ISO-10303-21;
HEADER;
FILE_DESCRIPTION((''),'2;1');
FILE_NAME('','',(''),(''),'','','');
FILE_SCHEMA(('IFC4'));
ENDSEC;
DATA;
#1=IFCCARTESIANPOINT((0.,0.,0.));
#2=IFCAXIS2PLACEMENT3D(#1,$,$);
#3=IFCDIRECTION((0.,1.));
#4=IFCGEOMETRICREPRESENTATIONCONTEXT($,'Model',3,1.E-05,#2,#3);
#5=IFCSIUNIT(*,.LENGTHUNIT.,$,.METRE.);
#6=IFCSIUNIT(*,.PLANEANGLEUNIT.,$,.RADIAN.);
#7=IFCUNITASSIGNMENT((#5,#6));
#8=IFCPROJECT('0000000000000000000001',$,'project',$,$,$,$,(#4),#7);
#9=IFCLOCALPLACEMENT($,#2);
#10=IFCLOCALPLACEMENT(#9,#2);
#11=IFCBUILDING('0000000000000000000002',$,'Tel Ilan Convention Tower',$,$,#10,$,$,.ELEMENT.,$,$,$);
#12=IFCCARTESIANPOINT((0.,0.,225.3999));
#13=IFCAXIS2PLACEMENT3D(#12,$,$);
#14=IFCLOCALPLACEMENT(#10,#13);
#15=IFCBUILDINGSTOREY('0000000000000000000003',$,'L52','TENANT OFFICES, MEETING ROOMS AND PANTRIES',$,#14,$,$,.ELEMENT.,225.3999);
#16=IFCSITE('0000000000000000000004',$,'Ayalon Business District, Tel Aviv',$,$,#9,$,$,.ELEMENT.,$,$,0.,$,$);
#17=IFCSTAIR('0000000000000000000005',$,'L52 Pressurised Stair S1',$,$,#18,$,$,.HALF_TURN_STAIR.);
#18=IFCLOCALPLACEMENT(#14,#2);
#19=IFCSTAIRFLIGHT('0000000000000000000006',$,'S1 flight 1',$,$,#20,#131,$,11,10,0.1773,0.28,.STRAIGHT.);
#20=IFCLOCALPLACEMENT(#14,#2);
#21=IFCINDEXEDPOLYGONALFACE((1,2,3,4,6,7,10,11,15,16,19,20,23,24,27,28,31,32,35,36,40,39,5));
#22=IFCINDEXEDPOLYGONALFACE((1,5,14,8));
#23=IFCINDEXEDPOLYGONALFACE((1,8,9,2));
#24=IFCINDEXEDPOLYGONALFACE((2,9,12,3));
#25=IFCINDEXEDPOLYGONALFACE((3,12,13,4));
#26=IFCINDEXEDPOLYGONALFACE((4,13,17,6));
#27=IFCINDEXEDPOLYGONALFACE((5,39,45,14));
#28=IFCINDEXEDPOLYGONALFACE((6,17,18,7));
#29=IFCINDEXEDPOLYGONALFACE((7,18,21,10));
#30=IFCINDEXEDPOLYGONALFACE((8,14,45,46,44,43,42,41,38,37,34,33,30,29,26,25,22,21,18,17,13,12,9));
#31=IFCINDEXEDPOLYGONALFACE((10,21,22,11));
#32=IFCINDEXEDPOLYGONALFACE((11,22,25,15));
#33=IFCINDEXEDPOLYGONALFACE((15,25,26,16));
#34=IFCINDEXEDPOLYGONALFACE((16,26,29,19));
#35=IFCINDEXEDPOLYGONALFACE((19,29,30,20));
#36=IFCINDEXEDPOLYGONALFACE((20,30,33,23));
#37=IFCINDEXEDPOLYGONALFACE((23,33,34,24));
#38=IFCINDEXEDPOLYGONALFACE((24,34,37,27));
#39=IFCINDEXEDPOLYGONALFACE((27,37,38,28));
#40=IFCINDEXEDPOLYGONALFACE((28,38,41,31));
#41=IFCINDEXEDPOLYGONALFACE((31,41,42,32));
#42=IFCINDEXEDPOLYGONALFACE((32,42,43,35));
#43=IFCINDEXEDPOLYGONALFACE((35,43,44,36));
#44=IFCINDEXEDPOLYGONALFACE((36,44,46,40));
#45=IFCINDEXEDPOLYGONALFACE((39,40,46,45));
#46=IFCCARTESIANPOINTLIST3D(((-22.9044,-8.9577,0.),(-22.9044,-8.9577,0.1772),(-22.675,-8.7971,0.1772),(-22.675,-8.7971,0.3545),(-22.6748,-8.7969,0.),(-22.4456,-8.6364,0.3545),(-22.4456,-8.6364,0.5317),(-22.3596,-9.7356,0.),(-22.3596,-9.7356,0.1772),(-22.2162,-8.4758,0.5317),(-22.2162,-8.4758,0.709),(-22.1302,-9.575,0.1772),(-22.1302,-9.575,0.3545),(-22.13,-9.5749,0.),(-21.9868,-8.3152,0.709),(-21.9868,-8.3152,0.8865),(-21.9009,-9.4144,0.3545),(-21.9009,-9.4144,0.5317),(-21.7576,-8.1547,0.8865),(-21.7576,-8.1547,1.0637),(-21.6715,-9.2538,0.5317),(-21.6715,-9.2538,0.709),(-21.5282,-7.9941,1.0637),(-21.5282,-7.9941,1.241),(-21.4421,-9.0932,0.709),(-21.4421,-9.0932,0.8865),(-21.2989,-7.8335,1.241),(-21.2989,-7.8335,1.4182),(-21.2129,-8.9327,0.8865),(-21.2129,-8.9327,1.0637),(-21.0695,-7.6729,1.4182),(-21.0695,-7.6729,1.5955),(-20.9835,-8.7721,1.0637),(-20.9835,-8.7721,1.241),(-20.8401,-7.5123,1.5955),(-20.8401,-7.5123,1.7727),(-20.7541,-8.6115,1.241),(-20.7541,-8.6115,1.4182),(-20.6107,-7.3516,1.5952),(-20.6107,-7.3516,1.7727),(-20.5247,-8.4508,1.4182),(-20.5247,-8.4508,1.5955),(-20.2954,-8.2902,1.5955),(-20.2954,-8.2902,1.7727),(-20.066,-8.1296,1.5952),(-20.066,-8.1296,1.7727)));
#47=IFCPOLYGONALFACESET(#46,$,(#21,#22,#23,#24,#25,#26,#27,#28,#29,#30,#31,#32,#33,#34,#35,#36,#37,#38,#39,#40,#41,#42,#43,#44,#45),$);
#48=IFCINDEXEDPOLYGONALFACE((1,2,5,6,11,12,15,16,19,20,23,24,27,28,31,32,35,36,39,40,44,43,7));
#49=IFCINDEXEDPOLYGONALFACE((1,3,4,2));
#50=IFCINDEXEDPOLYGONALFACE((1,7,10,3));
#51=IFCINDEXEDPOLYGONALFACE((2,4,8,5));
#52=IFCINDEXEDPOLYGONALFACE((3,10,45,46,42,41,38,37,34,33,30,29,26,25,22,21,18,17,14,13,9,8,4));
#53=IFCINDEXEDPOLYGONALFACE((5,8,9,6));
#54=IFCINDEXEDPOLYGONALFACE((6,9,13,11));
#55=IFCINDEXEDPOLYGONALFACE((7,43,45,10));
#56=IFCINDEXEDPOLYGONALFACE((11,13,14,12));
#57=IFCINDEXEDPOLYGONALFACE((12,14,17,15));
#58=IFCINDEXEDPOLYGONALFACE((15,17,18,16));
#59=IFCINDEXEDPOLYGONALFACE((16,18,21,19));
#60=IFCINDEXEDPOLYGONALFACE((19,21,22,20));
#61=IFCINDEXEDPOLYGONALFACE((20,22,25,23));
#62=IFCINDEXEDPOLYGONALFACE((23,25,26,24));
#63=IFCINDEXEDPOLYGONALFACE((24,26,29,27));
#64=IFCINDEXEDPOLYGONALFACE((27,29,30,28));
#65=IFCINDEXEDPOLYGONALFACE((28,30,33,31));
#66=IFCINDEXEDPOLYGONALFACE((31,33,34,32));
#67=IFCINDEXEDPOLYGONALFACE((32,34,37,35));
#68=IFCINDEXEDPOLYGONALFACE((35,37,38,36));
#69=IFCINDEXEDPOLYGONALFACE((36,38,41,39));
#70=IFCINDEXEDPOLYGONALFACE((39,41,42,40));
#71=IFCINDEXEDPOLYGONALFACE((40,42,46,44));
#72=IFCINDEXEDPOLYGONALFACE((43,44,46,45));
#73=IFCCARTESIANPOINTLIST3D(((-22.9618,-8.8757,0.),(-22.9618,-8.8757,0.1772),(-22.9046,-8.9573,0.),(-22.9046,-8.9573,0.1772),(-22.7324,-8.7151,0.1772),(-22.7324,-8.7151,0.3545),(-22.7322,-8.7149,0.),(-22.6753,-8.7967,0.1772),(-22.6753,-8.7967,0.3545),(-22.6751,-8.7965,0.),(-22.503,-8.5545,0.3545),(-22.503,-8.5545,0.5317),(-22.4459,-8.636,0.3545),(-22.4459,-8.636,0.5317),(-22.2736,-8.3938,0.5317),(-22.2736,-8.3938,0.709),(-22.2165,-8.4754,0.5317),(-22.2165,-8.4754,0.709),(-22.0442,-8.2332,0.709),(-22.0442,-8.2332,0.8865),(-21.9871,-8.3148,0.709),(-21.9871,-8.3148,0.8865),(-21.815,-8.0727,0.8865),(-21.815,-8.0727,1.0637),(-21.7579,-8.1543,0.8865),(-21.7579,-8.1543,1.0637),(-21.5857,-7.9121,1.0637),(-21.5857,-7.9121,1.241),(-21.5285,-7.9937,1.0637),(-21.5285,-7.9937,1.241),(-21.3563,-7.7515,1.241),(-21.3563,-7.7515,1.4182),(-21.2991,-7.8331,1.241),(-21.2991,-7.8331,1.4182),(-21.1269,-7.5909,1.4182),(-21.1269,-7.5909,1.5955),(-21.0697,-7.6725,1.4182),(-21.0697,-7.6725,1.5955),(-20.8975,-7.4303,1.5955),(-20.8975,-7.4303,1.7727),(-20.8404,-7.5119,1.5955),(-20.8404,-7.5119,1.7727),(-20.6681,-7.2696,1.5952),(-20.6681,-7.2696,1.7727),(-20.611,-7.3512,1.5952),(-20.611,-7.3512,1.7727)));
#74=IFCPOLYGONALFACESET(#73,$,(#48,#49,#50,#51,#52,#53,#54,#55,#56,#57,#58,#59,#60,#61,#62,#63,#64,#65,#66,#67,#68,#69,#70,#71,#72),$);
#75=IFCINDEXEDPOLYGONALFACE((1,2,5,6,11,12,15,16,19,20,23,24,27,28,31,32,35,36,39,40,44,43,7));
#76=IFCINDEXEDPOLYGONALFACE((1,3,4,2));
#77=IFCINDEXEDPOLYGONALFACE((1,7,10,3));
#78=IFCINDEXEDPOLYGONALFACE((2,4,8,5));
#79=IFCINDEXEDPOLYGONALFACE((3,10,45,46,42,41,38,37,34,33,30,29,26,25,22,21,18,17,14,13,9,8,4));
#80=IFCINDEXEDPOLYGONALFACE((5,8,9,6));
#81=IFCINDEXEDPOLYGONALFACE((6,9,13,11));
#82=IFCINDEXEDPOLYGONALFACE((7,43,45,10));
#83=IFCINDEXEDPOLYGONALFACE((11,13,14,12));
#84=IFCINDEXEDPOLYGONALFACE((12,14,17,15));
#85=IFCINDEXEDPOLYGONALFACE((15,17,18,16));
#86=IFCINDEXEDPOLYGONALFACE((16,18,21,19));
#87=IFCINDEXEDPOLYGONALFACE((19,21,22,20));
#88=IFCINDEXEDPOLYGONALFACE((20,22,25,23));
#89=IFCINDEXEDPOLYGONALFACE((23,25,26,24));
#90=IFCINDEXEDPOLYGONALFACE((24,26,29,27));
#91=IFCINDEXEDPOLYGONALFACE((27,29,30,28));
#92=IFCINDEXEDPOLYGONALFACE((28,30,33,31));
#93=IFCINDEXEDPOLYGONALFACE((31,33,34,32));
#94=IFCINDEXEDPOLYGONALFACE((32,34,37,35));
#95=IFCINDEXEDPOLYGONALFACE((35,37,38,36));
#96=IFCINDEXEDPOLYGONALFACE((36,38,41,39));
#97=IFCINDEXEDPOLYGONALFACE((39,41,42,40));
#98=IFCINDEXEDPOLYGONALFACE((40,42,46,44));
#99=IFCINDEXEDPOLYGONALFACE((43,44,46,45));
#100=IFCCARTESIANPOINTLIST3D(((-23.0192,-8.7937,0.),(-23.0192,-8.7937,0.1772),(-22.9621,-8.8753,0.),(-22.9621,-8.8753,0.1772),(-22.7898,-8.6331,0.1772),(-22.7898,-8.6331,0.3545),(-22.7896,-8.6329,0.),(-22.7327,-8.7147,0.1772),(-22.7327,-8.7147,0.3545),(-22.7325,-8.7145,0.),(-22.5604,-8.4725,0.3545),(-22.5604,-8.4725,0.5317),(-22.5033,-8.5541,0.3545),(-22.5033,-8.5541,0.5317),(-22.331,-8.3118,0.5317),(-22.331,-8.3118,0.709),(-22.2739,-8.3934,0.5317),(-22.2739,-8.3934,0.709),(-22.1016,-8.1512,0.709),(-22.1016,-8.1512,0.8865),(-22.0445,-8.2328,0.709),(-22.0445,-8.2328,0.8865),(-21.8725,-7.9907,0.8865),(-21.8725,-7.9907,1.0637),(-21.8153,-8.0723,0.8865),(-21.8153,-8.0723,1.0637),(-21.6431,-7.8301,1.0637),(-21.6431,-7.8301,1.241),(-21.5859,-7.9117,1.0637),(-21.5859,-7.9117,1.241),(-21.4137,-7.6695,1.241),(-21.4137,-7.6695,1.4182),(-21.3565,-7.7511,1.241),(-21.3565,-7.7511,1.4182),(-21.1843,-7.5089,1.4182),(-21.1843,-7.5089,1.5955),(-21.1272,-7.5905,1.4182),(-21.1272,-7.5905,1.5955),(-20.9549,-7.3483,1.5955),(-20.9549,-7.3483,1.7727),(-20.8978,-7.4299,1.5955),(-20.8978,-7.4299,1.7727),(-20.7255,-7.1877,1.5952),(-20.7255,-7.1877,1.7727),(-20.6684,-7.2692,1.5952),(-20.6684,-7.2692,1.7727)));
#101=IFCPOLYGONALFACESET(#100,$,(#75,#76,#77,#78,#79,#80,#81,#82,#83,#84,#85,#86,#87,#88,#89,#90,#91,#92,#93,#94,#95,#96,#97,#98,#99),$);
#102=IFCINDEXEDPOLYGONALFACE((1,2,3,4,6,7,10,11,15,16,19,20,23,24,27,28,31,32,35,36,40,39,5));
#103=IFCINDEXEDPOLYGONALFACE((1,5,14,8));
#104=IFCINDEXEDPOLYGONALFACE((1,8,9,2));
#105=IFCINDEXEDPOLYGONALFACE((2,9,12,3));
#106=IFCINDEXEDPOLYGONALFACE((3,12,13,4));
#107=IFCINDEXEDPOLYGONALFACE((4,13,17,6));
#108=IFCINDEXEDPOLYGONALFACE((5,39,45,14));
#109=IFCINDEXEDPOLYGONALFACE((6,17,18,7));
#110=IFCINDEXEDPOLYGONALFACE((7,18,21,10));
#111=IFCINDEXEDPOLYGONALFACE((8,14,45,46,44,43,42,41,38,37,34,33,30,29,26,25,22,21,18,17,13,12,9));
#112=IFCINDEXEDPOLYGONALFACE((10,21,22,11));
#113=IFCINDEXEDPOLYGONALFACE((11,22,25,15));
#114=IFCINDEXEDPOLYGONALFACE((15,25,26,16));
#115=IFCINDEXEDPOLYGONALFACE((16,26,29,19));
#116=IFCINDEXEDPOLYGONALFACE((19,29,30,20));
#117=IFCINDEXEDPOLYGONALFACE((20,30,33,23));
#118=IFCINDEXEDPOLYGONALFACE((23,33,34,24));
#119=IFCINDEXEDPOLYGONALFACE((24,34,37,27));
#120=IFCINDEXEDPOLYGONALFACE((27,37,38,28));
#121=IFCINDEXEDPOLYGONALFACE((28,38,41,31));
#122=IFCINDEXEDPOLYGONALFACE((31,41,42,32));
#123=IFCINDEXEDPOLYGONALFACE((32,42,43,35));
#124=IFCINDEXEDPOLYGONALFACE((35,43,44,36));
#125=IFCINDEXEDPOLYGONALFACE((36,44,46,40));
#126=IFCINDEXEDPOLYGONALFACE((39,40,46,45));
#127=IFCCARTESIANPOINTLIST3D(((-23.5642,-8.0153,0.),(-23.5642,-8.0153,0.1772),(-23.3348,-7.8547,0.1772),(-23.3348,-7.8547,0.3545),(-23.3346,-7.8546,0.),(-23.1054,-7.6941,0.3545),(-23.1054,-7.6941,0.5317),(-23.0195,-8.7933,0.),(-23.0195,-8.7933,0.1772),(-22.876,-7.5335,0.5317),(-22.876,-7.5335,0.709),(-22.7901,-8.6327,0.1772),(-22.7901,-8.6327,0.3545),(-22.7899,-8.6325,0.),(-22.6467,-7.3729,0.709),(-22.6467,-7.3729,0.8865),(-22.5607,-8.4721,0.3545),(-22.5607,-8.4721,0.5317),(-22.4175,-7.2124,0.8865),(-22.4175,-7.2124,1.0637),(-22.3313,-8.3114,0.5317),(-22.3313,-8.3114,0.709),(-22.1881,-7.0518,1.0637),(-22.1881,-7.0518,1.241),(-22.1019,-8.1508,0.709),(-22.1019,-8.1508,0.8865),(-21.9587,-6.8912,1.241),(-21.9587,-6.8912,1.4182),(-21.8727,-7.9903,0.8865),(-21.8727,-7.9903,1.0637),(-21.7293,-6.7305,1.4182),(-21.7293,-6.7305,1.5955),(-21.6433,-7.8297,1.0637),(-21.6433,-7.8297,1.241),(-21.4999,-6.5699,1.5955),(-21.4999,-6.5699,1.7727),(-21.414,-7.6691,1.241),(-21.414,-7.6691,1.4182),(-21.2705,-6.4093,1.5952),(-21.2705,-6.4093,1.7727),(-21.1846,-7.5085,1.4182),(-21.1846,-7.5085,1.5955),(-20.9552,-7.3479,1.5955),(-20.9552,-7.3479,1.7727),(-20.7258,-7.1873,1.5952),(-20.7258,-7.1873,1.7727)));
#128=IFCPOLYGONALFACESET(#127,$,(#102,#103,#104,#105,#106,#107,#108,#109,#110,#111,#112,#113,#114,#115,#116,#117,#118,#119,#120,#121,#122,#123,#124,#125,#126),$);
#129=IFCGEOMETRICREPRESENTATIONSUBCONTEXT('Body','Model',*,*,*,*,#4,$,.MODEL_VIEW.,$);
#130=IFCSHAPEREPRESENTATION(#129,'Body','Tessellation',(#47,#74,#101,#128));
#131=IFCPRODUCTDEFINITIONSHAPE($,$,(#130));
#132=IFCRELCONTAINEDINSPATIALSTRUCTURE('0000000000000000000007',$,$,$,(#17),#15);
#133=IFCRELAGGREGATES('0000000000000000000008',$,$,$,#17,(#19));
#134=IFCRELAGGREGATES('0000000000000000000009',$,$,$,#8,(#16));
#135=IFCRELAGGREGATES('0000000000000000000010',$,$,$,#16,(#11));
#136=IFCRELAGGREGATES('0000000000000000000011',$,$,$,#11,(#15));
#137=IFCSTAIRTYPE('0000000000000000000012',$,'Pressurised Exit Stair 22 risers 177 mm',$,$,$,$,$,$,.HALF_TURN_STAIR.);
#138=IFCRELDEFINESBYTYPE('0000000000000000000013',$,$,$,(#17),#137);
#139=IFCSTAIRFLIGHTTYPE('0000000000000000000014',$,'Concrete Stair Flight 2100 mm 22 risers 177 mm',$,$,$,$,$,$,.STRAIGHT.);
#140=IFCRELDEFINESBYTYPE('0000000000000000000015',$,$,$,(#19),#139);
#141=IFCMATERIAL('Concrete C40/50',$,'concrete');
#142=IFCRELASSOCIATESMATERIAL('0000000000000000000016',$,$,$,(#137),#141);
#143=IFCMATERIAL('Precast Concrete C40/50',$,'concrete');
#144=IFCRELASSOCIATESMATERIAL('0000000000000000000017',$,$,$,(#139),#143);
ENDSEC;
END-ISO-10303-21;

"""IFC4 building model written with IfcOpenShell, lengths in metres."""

from ifc_helpers import new_model, si_unit, direction, frame, origin, place, context, subcontext, project, spatial, polyline, outline, extrude, material, type_object, element, aggregate, save


model = new_model("IFC4")

# Units and contexts
model_context = context("Model", 3, precision=1e-05, world=origin(), true_north=direction((0.0, 1.0)))
body_context = subcontext(model_context, "Body", "Model", "MODEL_VIEW")
ifc_project = project(units=[si_unit("LENGTHUNIT", "METRE"), si_unit("PLANEANGLEUNIT", "RADIAN")], contexts=[model_context])

# Site, building, storey
site_placement = place(None, origin())
site = spatial("IfcSite", under=ifc_project, at=site_placement, Name="Ayalon Business District, Tel Aviv", CompositionType="ELEMENT", RefElevation=0.0)
building_placement = place(site_placement, origin())
building = spatial("IfcBuilding", under=site, at=building_placement, Name="Tel Ilan Convention Tower", CompositionType="ELEMENT")
storey_placement = place(building_placement, frame((0.0, 0.0, 225.3999)))
storey = spatial("IfcBuildingStorey", under=building, at=storey_placement, Name="L52", Description="TENANT OFFICES, MEETING ROOMS AND PANTRIES", CompositionType="ELEMENT", Elevation=225.3999)

# Stair, stair flight
ifc_material_1 = material(Name="Concrete C40/50", Category="concrete")
stair_type = type_object("IfcStairType", Name="Pressurised Exit Stair 22 risers 177 mm", PredefinedType="HALF_TURN_STAIR", material=ifc_material_1)
stair_1_placement = place(storey_placement, origin())
stair_1 = element("IfcStair", 1, at=stair_1_placement, inside=storey, type_object=stair_type, Name="L52 Pressurised Stair S1", PredefinedType="HALF_TURN_STAIR")
ifc_material_2 = material(Name="Precast Concrete C40/50", Category="concrete")
stair_flight_type = type_object("IfcStairFlightType", Name="Concrete Stair Flight 2100 mm 22 risers 177 mm", PredefinedType="STRAIGHT", material=ifc_material_2)
stair_flight_1_placement = place(storey_placement, frame((-22.9619, -8.8755, 0.0), z_axis=(0.0, 0.0, 1.0), x_axis=(0.819152, 0.573576, 0.0)))
stair_flight_1 = element("IfcStairFlight", 2, at=stair_flight_1_placement, type_object=stair_flight_type, Name="S1 flight 1", NumberOfRisers=11, NumberOfTreads=10, PredefinedType="STRAIGHT", RiserHeight=0.1773, TreadLength=0.28, context=body_context, shape_type="SweptSolid", body=[
    extrude(outline(polyline([(0.0, 0.0), (0.0, 0.1772), (0.28, 0.1772), (0.28, 0.3545), (0.5601, 0.3545), (0.5601, 0.5317), (0.8401, 0.5317), (0.8401, 0.709), (1.1201, 0.709), (1.1201, 0.8865), (1.3999, 0.8865), (1.3999, 1.0637), (1.6799, 1.0637), (1.6799, 1.241), (1.96, 1.241), (1.96, 1.4182), (2.24, 1.4182), (2.24, 1.5955), (2.52, 1.5955), (2.52, 1.7727), (2.8, 1.7727), (2.8, 1.95), (2.8, 1.5952), (0.2803, 0.0), (0.0, 0.0)])), frame((0.0, -0.1003, 0.0), z_axis=(0.0, -1.0, 0.0), x_axis=(1.0, 0.0, 0.0)), (0.0, 0.0, 1.0), 0.9497),
    extrude(outline(polyline([(0.0, 0.0), (0.0, 0.1772), (0.28, 0.1772), (0.28, 0.3545), (0.5601, 0.3545), (0.5601, 0.5317), (0.8401, 0.5317), (0.8401, 0.709), (1.1201, 0.709), (1.1201, 0.8865), (1.3999, 0.8865), (1.3999, 1.0637), (1.6799, 1.0637), (1.6799, 1.241), (1.96, 1.241), (1.96, 1.4182), (2.24, 1.4182), (2.24, 1.5955), (2.52, 1.5955), (2.52, 1.7727), (2.8, 1.7727), (2.8, 1.95), (2.8, 1.5952), (0.2803, 0.0), (0.0, 0.0)])), frame((0.0, -0.0002, 0.0), z_axis=(0.0, -1.0, 0.0), x_axis=(1.0, 0.0, 0.0)), (0.0, 0.0, 1.0), 0.0996),
    extrude(outline(polyline([(0.0, 0.0), (0.0, 0.1772), (0.28, 0.1772), (0.28, 0.3545), (0.5601, 0.3545), (0.5601, 0.5317), (0.8401, 0.5317), (0.8401, 0.709), (1.1201, 0.709), (1.1201, 0.8865), (1.3999, 0.8865), (1.3999, 1.0637), (1.6799, 1.0637), (1.6799, 1.241), (1.96, 1.241), (1.96, 1.4182), (2.24, 1.4182), (2.24, 1.5955), (2.52, 1.5955), (2.52, 1.7727), (2.8, 1.7727), (2.8, 1.95), (2.8, 1.5952), (0.2803, 0.0), (0.0, 0.0)])), frame((0.0, 0.0999, 0.0), z_axis=(0.0, -1.0, 0.0), x_axis=(1.0, 0.0, 0.0)), (0.0, 0.0, 1.0), 0.0996),
    extrude(outline(polyline([(0.0, 0.0), (0.0, 0.1772), (0.28, 0.1772), (0.28, 0.3545), (0.5601, 0.3545), (0.5601, 0.5317), (0.8401, 0.5317), (0.8401, 0.709), (1.1201, 0.709), (1.1201, 0.8865), (1.3999, 0.8865), (1.3999, 1.0637), (1.6799, 1.0637), (1.6799, 1.241), (1.96, 1.241), (1.96, 1.4182), (2.24, 1.4182), (2.24, 1.5955), (2.52, 1.5955), (2.52, 1.7727), (2.8, 1.7727), (2.8, 1.95), (2.8, 1.5952), (0.2803, 0.0), (0.0, 0.0)])), frame((0.0, 1.05, 0.0), z_axis=(0.0, -1.0, 0.0), x_axis=(1.0, 0.0, 0.0)), (0.0, 0.0, 1.0), 0.9497),
])
aggregate(stair_1, [stair_flight_1])

save(model, "model.ifc")
